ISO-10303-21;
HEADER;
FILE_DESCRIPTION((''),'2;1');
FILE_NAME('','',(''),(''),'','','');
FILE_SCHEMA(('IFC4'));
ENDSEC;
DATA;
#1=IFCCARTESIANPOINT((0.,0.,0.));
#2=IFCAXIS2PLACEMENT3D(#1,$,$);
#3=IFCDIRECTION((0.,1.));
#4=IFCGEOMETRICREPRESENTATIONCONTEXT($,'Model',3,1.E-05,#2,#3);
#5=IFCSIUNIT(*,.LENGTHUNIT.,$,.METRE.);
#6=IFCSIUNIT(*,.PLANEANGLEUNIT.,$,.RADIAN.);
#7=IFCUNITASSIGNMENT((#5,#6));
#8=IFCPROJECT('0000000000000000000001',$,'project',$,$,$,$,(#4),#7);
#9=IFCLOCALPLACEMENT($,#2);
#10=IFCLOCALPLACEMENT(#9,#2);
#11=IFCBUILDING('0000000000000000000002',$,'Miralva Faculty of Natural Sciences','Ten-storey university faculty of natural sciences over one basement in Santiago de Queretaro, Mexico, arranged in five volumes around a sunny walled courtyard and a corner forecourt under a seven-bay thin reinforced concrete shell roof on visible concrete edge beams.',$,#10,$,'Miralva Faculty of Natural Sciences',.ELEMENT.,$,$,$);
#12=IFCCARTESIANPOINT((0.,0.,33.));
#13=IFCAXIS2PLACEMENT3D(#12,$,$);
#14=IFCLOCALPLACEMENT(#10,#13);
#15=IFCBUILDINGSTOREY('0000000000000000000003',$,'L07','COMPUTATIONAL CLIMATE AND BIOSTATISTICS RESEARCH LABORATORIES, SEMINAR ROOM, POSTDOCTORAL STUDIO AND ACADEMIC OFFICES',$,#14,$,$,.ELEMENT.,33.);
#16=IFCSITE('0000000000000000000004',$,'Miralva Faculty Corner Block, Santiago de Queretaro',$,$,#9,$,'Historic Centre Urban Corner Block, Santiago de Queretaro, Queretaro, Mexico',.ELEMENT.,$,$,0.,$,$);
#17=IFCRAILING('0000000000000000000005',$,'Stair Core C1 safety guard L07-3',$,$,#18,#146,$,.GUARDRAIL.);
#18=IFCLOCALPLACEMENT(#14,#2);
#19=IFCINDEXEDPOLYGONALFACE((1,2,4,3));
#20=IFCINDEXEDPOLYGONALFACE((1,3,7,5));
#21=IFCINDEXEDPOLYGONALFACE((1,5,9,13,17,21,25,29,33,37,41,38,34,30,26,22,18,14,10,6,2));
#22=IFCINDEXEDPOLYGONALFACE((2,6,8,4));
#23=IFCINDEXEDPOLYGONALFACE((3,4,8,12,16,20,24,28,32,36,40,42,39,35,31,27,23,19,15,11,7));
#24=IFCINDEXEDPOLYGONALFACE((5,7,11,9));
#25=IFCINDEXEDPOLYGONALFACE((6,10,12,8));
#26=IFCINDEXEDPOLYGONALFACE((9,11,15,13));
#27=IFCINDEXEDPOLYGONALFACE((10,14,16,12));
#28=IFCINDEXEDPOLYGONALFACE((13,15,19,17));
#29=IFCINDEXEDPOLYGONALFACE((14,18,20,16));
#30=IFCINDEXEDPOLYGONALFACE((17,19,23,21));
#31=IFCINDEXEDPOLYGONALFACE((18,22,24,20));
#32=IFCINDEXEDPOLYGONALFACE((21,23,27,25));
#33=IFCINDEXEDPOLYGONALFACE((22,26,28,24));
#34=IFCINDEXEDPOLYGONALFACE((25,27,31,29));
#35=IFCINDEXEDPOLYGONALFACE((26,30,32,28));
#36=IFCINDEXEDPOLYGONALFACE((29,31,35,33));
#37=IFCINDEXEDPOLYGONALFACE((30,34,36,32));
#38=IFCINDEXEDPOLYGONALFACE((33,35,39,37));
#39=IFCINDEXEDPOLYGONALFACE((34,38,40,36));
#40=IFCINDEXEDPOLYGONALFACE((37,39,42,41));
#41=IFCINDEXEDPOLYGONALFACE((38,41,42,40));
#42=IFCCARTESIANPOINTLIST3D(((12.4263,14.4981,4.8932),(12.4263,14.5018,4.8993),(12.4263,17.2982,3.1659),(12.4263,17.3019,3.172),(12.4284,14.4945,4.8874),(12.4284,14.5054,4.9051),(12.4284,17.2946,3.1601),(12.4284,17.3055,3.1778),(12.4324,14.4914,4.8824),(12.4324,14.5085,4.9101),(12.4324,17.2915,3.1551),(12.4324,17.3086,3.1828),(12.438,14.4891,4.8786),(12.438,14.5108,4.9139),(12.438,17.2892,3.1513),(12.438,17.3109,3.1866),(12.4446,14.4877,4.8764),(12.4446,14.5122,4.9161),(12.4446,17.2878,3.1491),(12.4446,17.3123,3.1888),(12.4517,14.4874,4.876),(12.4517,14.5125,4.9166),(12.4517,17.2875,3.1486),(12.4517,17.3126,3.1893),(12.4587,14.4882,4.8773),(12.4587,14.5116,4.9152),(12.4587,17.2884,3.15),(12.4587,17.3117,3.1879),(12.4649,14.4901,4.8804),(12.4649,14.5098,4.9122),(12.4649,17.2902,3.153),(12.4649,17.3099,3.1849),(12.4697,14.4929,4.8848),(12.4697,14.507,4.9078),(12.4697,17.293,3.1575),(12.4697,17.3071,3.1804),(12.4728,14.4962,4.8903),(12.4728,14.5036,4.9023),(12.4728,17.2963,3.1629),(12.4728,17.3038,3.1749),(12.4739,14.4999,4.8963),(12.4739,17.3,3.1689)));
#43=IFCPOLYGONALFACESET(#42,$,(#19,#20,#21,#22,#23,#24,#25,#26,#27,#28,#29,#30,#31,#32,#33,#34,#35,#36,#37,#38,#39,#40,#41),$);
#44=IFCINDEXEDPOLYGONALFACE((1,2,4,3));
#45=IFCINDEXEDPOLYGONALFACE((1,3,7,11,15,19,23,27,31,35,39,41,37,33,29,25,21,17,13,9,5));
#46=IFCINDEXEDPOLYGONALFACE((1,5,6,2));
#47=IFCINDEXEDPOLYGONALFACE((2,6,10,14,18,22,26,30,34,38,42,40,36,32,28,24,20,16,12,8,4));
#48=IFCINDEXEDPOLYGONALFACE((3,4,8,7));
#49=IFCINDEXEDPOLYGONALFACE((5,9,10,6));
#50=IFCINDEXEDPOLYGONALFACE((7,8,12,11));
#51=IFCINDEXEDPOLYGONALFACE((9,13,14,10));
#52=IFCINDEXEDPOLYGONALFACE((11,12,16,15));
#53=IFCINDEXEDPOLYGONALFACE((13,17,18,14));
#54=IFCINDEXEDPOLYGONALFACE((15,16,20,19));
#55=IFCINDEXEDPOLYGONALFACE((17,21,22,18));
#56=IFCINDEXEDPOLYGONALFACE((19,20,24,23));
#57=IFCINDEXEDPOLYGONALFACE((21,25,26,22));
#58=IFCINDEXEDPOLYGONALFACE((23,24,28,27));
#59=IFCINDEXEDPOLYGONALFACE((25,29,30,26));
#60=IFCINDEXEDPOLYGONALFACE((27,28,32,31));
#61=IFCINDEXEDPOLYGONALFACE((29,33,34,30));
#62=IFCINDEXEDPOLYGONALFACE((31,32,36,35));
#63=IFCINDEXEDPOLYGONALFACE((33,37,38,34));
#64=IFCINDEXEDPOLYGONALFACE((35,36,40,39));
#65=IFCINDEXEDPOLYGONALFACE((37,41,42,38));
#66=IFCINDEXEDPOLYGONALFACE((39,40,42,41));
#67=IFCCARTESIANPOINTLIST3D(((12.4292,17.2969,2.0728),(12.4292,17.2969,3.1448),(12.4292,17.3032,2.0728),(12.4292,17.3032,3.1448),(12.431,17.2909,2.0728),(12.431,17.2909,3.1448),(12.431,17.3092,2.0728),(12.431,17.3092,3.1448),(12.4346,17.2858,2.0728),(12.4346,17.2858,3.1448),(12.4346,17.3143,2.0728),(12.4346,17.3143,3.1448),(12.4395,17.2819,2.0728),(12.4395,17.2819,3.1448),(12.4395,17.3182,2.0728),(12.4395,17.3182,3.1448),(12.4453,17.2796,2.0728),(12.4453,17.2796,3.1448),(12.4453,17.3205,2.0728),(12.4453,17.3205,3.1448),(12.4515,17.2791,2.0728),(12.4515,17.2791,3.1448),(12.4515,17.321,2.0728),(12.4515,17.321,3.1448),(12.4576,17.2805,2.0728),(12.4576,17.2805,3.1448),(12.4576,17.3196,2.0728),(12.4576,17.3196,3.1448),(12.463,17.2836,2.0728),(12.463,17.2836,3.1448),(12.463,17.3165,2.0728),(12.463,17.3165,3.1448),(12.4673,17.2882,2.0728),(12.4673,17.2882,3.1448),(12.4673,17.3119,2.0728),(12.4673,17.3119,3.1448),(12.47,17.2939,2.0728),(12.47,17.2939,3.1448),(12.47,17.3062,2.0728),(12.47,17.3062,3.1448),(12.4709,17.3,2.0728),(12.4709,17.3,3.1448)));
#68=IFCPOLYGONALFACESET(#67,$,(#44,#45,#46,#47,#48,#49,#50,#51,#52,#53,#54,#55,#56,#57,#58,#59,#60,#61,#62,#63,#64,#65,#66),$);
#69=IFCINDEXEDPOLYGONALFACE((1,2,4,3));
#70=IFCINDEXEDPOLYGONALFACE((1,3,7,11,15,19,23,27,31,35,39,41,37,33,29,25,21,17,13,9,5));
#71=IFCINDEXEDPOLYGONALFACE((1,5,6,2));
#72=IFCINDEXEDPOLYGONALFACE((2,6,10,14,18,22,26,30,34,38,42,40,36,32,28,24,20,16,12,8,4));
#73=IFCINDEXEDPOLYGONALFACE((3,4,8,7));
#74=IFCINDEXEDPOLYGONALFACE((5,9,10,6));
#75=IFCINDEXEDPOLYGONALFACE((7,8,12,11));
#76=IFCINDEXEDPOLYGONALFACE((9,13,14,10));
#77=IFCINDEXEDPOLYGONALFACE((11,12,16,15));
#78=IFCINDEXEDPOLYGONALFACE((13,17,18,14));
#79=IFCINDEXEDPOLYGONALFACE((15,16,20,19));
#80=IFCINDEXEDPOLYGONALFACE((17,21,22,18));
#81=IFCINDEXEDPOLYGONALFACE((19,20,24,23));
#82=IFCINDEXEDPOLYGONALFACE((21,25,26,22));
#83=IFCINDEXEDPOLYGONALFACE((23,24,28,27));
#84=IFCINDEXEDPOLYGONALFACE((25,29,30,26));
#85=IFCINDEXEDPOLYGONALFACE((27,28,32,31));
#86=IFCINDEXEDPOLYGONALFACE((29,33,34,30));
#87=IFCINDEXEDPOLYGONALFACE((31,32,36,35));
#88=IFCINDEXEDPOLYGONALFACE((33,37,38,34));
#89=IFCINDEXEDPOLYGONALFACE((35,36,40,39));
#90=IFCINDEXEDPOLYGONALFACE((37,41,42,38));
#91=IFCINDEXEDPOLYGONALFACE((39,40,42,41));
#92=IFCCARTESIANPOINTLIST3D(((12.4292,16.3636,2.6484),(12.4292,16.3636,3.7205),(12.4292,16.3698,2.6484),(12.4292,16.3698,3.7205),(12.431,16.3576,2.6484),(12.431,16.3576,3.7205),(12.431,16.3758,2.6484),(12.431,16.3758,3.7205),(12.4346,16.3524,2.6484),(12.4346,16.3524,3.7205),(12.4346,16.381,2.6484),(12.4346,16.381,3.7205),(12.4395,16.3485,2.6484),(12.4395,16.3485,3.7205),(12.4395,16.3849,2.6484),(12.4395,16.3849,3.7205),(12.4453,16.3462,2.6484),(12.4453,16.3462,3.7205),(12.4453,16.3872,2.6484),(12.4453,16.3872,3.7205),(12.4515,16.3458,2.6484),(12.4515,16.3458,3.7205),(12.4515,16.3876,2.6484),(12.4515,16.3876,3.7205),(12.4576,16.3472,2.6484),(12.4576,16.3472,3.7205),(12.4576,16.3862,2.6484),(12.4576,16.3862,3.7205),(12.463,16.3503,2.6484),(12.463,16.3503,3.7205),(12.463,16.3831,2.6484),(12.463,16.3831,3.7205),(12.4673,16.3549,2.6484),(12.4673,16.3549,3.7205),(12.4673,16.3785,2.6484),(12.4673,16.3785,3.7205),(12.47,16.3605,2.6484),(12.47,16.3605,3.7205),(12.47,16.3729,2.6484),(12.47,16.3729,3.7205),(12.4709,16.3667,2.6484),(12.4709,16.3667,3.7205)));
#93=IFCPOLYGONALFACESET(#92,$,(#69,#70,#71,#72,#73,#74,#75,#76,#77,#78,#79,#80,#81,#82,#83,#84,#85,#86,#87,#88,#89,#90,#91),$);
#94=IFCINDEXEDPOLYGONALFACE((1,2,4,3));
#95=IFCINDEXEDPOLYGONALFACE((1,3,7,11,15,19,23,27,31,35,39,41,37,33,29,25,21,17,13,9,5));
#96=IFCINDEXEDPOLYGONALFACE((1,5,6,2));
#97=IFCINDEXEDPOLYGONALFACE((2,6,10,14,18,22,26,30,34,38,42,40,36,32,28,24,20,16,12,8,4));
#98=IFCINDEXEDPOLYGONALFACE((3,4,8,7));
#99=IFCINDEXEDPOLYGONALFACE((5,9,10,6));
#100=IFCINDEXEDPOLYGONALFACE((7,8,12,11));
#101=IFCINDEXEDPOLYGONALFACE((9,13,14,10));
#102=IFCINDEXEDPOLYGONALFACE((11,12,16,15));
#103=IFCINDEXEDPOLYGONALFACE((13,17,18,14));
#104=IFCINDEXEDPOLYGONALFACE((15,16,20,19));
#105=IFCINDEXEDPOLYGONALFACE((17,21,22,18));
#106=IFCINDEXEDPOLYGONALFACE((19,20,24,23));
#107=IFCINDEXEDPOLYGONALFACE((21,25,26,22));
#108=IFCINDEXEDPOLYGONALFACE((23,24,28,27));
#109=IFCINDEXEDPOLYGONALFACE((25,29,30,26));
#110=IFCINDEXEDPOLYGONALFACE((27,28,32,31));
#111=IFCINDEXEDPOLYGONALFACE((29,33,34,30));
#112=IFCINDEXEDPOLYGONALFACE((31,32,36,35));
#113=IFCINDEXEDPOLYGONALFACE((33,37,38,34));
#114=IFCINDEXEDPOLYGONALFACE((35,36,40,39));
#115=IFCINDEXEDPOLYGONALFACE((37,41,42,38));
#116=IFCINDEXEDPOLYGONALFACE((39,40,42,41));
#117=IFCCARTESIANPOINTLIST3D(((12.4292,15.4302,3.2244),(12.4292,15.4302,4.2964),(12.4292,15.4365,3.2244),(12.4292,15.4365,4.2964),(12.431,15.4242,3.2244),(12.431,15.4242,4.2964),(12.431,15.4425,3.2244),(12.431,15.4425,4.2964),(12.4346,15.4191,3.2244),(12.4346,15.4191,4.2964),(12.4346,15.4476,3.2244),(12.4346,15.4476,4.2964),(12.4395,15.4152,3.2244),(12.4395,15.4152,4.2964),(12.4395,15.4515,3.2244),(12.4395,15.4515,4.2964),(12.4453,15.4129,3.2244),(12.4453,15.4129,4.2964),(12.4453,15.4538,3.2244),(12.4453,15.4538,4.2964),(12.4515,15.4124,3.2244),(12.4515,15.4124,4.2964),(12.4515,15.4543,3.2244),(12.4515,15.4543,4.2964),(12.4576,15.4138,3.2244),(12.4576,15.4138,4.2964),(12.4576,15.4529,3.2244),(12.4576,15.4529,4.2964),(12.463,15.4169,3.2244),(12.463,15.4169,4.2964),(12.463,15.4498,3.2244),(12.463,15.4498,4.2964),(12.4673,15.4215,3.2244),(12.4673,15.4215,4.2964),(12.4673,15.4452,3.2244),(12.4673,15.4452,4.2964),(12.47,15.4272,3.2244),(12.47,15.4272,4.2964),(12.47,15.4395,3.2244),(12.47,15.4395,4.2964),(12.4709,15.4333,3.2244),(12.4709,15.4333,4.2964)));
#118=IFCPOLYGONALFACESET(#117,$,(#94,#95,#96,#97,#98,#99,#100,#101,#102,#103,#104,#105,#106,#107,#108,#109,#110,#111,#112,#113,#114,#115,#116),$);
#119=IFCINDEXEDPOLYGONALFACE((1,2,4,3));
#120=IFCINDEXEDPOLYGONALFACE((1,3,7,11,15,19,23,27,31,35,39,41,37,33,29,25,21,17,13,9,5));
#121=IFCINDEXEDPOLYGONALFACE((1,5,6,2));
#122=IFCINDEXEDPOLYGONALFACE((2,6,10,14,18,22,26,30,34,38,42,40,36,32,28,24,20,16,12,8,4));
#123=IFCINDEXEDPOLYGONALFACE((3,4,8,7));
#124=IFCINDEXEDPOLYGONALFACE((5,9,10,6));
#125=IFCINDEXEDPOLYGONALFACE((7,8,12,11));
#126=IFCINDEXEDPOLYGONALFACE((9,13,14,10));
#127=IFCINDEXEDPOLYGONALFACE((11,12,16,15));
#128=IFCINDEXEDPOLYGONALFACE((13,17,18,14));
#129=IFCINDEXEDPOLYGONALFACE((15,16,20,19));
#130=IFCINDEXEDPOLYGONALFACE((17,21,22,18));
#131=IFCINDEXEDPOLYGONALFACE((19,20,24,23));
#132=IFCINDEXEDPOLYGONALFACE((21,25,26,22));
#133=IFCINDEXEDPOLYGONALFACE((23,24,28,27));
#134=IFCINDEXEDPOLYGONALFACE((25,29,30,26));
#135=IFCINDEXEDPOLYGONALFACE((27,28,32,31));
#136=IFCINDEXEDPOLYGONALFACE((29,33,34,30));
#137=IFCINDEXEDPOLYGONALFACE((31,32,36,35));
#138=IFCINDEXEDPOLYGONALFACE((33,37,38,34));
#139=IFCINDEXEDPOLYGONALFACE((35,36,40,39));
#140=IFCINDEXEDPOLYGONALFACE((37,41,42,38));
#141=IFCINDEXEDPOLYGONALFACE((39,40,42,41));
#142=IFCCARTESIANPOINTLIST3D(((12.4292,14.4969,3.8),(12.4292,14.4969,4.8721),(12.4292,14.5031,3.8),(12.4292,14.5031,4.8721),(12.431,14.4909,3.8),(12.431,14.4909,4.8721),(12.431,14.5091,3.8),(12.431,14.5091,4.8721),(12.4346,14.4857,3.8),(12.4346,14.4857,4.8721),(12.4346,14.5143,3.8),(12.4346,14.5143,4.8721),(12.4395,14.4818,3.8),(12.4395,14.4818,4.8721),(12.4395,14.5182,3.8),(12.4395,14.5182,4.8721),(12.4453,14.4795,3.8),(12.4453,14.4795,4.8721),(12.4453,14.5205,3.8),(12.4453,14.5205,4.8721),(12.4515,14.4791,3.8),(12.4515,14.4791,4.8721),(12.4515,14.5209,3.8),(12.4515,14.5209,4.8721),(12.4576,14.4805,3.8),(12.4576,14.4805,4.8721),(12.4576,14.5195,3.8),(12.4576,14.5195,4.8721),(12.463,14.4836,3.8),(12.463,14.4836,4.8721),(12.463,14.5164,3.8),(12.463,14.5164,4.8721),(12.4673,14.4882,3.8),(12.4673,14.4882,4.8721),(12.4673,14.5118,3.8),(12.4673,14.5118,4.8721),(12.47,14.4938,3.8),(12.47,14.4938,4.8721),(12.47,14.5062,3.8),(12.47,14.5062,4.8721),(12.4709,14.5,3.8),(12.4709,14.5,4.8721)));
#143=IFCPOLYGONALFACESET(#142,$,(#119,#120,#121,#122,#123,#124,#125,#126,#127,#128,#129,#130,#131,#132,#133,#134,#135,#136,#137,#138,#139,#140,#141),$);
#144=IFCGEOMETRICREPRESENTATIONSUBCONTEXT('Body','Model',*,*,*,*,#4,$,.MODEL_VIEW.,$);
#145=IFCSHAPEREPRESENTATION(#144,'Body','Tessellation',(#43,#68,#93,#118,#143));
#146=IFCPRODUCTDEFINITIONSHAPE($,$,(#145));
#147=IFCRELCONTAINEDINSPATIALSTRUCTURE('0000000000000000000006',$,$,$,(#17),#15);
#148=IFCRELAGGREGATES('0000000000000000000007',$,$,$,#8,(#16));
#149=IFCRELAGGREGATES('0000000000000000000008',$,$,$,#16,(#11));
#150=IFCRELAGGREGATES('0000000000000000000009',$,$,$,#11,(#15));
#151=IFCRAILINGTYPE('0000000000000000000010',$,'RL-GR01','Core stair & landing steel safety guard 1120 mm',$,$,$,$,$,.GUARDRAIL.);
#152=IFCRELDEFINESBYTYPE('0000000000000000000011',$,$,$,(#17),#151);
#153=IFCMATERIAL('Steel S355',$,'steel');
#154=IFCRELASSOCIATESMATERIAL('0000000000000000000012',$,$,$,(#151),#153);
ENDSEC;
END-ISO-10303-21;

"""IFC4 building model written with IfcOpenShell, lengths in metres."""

from ifc_helpers import new_model, si_unit, direction, frame, origin, origin_2d, place, context, subcontext, project, spatial, circle, extrude, material, type_object, element, save


model = new_model("IFC4")

# Units and contexts
model_context = context("Model", 3, precision=1e-05, world=origin(), true_north=direction((0.0, 1.0)))
body_context = subcontext(model_context, "Body", "Model", "MODEL_VIEW")
ifc_project = project(units=[si_unit("LENGTHUNIT", "METRE"), si_unit("PLANEANGLEUNIT", "RADIAN")], contexts=[model_context])

# Site, building, storey
site_placement = place(None, origin())
site = spatial("IfcSite", under=ifc_project, at=site_placement, Name="Miralva Faculty Corner Block, Santiago de Queretaro", LongName="Historic Centre Urban Corner Block, Santiago de Queretaro, Queretaro, Mexico", CompositionType="ELEMENT", RefElevation=0.0)
building_placement = place(site_placement, origin())
building = spatial("IfcBuilding", under=site, at=building_placement, Name="Miralva Faculty of Natural Sciences", Description="Ten-storey university faculty of natural sciences over one basement in Santiago de Queretaro, Mexico, arranged in five volumes around a sunny walled courtyard and a corner forecourt under a seven-bay thin reinforced concrete shell roof on visible concrete edge beams.", LongName="Miralva Faculty of Natural Sciences", CompositionType="ELEMENT")
storey_placement = place(building_placement, frame((0.0, 0.0, 33.0)))
storey = spatial("IfcBuildingStorey", under=building, at=storey_placement, Name="L07", Description="COMPUTATIONAL CLIMATE AND BIOSTATISTICS RESEARCH LABORATORIES, SEMINAR ROOM, POSTDOCTORAL STUDIO AND ACADEMIC OFFICES", CompositionType="ELEMENT", Elevation=33.0)

# Railing
ifc_material_1 = material(Name="Steel S355", Category="steel")
railing_type_1 = type_object("IfcRailingType", Name="RL-GR01", Description="Core stair & landing steel safety guard 1120 mm", PredefinedType="GUARDRAIL", material=ifc_material_1)
railing_1_placement = place(storey_placement, frame((12.45, 17.3, 2.0728)))
element("IfcRailing", 1, at=railing_1_placement, inside=storey, type_object=railing_type_1, Name="Stair Core C1 safety guard L07-3", PredefinedType="GUARDRAIL", context=body_context, shape_type="SweptSolid", body=[
    extrude(circle(Radius=0.0239, at=origin_2d()), frame((0.0, 0.0, 1.0962), z_axis=(0.0, -0.85109, 0.52502), x_axis=(1.0, 0.0, 0.0)), (0.0, 0.0, 1.0), 3.29),
    extrude(circle(Radius=0.021, at=origin_2d()), origin(), (0.0, 0.0, 1.0), 1.072),
    extrude(circle(Radius=0.021, at=origin_2d()), frame((0.0, -0.9333, 0.5757)), (0.0, 0.0, 1.0), 1.072),
    extrude(circle(Radius=0.021, at=origin_2d()), frame((0.0, -1.8667, 1.1516)), (0.0, 0.0, 1.0), 1.072),
    extrude(circle(Radius=0.021, at=origin_2d()), frame((0.0, -2.8, 1.7273)), (0.0, 0.0, 1.0), 1.072),
])

save(model, "model.ifc")
